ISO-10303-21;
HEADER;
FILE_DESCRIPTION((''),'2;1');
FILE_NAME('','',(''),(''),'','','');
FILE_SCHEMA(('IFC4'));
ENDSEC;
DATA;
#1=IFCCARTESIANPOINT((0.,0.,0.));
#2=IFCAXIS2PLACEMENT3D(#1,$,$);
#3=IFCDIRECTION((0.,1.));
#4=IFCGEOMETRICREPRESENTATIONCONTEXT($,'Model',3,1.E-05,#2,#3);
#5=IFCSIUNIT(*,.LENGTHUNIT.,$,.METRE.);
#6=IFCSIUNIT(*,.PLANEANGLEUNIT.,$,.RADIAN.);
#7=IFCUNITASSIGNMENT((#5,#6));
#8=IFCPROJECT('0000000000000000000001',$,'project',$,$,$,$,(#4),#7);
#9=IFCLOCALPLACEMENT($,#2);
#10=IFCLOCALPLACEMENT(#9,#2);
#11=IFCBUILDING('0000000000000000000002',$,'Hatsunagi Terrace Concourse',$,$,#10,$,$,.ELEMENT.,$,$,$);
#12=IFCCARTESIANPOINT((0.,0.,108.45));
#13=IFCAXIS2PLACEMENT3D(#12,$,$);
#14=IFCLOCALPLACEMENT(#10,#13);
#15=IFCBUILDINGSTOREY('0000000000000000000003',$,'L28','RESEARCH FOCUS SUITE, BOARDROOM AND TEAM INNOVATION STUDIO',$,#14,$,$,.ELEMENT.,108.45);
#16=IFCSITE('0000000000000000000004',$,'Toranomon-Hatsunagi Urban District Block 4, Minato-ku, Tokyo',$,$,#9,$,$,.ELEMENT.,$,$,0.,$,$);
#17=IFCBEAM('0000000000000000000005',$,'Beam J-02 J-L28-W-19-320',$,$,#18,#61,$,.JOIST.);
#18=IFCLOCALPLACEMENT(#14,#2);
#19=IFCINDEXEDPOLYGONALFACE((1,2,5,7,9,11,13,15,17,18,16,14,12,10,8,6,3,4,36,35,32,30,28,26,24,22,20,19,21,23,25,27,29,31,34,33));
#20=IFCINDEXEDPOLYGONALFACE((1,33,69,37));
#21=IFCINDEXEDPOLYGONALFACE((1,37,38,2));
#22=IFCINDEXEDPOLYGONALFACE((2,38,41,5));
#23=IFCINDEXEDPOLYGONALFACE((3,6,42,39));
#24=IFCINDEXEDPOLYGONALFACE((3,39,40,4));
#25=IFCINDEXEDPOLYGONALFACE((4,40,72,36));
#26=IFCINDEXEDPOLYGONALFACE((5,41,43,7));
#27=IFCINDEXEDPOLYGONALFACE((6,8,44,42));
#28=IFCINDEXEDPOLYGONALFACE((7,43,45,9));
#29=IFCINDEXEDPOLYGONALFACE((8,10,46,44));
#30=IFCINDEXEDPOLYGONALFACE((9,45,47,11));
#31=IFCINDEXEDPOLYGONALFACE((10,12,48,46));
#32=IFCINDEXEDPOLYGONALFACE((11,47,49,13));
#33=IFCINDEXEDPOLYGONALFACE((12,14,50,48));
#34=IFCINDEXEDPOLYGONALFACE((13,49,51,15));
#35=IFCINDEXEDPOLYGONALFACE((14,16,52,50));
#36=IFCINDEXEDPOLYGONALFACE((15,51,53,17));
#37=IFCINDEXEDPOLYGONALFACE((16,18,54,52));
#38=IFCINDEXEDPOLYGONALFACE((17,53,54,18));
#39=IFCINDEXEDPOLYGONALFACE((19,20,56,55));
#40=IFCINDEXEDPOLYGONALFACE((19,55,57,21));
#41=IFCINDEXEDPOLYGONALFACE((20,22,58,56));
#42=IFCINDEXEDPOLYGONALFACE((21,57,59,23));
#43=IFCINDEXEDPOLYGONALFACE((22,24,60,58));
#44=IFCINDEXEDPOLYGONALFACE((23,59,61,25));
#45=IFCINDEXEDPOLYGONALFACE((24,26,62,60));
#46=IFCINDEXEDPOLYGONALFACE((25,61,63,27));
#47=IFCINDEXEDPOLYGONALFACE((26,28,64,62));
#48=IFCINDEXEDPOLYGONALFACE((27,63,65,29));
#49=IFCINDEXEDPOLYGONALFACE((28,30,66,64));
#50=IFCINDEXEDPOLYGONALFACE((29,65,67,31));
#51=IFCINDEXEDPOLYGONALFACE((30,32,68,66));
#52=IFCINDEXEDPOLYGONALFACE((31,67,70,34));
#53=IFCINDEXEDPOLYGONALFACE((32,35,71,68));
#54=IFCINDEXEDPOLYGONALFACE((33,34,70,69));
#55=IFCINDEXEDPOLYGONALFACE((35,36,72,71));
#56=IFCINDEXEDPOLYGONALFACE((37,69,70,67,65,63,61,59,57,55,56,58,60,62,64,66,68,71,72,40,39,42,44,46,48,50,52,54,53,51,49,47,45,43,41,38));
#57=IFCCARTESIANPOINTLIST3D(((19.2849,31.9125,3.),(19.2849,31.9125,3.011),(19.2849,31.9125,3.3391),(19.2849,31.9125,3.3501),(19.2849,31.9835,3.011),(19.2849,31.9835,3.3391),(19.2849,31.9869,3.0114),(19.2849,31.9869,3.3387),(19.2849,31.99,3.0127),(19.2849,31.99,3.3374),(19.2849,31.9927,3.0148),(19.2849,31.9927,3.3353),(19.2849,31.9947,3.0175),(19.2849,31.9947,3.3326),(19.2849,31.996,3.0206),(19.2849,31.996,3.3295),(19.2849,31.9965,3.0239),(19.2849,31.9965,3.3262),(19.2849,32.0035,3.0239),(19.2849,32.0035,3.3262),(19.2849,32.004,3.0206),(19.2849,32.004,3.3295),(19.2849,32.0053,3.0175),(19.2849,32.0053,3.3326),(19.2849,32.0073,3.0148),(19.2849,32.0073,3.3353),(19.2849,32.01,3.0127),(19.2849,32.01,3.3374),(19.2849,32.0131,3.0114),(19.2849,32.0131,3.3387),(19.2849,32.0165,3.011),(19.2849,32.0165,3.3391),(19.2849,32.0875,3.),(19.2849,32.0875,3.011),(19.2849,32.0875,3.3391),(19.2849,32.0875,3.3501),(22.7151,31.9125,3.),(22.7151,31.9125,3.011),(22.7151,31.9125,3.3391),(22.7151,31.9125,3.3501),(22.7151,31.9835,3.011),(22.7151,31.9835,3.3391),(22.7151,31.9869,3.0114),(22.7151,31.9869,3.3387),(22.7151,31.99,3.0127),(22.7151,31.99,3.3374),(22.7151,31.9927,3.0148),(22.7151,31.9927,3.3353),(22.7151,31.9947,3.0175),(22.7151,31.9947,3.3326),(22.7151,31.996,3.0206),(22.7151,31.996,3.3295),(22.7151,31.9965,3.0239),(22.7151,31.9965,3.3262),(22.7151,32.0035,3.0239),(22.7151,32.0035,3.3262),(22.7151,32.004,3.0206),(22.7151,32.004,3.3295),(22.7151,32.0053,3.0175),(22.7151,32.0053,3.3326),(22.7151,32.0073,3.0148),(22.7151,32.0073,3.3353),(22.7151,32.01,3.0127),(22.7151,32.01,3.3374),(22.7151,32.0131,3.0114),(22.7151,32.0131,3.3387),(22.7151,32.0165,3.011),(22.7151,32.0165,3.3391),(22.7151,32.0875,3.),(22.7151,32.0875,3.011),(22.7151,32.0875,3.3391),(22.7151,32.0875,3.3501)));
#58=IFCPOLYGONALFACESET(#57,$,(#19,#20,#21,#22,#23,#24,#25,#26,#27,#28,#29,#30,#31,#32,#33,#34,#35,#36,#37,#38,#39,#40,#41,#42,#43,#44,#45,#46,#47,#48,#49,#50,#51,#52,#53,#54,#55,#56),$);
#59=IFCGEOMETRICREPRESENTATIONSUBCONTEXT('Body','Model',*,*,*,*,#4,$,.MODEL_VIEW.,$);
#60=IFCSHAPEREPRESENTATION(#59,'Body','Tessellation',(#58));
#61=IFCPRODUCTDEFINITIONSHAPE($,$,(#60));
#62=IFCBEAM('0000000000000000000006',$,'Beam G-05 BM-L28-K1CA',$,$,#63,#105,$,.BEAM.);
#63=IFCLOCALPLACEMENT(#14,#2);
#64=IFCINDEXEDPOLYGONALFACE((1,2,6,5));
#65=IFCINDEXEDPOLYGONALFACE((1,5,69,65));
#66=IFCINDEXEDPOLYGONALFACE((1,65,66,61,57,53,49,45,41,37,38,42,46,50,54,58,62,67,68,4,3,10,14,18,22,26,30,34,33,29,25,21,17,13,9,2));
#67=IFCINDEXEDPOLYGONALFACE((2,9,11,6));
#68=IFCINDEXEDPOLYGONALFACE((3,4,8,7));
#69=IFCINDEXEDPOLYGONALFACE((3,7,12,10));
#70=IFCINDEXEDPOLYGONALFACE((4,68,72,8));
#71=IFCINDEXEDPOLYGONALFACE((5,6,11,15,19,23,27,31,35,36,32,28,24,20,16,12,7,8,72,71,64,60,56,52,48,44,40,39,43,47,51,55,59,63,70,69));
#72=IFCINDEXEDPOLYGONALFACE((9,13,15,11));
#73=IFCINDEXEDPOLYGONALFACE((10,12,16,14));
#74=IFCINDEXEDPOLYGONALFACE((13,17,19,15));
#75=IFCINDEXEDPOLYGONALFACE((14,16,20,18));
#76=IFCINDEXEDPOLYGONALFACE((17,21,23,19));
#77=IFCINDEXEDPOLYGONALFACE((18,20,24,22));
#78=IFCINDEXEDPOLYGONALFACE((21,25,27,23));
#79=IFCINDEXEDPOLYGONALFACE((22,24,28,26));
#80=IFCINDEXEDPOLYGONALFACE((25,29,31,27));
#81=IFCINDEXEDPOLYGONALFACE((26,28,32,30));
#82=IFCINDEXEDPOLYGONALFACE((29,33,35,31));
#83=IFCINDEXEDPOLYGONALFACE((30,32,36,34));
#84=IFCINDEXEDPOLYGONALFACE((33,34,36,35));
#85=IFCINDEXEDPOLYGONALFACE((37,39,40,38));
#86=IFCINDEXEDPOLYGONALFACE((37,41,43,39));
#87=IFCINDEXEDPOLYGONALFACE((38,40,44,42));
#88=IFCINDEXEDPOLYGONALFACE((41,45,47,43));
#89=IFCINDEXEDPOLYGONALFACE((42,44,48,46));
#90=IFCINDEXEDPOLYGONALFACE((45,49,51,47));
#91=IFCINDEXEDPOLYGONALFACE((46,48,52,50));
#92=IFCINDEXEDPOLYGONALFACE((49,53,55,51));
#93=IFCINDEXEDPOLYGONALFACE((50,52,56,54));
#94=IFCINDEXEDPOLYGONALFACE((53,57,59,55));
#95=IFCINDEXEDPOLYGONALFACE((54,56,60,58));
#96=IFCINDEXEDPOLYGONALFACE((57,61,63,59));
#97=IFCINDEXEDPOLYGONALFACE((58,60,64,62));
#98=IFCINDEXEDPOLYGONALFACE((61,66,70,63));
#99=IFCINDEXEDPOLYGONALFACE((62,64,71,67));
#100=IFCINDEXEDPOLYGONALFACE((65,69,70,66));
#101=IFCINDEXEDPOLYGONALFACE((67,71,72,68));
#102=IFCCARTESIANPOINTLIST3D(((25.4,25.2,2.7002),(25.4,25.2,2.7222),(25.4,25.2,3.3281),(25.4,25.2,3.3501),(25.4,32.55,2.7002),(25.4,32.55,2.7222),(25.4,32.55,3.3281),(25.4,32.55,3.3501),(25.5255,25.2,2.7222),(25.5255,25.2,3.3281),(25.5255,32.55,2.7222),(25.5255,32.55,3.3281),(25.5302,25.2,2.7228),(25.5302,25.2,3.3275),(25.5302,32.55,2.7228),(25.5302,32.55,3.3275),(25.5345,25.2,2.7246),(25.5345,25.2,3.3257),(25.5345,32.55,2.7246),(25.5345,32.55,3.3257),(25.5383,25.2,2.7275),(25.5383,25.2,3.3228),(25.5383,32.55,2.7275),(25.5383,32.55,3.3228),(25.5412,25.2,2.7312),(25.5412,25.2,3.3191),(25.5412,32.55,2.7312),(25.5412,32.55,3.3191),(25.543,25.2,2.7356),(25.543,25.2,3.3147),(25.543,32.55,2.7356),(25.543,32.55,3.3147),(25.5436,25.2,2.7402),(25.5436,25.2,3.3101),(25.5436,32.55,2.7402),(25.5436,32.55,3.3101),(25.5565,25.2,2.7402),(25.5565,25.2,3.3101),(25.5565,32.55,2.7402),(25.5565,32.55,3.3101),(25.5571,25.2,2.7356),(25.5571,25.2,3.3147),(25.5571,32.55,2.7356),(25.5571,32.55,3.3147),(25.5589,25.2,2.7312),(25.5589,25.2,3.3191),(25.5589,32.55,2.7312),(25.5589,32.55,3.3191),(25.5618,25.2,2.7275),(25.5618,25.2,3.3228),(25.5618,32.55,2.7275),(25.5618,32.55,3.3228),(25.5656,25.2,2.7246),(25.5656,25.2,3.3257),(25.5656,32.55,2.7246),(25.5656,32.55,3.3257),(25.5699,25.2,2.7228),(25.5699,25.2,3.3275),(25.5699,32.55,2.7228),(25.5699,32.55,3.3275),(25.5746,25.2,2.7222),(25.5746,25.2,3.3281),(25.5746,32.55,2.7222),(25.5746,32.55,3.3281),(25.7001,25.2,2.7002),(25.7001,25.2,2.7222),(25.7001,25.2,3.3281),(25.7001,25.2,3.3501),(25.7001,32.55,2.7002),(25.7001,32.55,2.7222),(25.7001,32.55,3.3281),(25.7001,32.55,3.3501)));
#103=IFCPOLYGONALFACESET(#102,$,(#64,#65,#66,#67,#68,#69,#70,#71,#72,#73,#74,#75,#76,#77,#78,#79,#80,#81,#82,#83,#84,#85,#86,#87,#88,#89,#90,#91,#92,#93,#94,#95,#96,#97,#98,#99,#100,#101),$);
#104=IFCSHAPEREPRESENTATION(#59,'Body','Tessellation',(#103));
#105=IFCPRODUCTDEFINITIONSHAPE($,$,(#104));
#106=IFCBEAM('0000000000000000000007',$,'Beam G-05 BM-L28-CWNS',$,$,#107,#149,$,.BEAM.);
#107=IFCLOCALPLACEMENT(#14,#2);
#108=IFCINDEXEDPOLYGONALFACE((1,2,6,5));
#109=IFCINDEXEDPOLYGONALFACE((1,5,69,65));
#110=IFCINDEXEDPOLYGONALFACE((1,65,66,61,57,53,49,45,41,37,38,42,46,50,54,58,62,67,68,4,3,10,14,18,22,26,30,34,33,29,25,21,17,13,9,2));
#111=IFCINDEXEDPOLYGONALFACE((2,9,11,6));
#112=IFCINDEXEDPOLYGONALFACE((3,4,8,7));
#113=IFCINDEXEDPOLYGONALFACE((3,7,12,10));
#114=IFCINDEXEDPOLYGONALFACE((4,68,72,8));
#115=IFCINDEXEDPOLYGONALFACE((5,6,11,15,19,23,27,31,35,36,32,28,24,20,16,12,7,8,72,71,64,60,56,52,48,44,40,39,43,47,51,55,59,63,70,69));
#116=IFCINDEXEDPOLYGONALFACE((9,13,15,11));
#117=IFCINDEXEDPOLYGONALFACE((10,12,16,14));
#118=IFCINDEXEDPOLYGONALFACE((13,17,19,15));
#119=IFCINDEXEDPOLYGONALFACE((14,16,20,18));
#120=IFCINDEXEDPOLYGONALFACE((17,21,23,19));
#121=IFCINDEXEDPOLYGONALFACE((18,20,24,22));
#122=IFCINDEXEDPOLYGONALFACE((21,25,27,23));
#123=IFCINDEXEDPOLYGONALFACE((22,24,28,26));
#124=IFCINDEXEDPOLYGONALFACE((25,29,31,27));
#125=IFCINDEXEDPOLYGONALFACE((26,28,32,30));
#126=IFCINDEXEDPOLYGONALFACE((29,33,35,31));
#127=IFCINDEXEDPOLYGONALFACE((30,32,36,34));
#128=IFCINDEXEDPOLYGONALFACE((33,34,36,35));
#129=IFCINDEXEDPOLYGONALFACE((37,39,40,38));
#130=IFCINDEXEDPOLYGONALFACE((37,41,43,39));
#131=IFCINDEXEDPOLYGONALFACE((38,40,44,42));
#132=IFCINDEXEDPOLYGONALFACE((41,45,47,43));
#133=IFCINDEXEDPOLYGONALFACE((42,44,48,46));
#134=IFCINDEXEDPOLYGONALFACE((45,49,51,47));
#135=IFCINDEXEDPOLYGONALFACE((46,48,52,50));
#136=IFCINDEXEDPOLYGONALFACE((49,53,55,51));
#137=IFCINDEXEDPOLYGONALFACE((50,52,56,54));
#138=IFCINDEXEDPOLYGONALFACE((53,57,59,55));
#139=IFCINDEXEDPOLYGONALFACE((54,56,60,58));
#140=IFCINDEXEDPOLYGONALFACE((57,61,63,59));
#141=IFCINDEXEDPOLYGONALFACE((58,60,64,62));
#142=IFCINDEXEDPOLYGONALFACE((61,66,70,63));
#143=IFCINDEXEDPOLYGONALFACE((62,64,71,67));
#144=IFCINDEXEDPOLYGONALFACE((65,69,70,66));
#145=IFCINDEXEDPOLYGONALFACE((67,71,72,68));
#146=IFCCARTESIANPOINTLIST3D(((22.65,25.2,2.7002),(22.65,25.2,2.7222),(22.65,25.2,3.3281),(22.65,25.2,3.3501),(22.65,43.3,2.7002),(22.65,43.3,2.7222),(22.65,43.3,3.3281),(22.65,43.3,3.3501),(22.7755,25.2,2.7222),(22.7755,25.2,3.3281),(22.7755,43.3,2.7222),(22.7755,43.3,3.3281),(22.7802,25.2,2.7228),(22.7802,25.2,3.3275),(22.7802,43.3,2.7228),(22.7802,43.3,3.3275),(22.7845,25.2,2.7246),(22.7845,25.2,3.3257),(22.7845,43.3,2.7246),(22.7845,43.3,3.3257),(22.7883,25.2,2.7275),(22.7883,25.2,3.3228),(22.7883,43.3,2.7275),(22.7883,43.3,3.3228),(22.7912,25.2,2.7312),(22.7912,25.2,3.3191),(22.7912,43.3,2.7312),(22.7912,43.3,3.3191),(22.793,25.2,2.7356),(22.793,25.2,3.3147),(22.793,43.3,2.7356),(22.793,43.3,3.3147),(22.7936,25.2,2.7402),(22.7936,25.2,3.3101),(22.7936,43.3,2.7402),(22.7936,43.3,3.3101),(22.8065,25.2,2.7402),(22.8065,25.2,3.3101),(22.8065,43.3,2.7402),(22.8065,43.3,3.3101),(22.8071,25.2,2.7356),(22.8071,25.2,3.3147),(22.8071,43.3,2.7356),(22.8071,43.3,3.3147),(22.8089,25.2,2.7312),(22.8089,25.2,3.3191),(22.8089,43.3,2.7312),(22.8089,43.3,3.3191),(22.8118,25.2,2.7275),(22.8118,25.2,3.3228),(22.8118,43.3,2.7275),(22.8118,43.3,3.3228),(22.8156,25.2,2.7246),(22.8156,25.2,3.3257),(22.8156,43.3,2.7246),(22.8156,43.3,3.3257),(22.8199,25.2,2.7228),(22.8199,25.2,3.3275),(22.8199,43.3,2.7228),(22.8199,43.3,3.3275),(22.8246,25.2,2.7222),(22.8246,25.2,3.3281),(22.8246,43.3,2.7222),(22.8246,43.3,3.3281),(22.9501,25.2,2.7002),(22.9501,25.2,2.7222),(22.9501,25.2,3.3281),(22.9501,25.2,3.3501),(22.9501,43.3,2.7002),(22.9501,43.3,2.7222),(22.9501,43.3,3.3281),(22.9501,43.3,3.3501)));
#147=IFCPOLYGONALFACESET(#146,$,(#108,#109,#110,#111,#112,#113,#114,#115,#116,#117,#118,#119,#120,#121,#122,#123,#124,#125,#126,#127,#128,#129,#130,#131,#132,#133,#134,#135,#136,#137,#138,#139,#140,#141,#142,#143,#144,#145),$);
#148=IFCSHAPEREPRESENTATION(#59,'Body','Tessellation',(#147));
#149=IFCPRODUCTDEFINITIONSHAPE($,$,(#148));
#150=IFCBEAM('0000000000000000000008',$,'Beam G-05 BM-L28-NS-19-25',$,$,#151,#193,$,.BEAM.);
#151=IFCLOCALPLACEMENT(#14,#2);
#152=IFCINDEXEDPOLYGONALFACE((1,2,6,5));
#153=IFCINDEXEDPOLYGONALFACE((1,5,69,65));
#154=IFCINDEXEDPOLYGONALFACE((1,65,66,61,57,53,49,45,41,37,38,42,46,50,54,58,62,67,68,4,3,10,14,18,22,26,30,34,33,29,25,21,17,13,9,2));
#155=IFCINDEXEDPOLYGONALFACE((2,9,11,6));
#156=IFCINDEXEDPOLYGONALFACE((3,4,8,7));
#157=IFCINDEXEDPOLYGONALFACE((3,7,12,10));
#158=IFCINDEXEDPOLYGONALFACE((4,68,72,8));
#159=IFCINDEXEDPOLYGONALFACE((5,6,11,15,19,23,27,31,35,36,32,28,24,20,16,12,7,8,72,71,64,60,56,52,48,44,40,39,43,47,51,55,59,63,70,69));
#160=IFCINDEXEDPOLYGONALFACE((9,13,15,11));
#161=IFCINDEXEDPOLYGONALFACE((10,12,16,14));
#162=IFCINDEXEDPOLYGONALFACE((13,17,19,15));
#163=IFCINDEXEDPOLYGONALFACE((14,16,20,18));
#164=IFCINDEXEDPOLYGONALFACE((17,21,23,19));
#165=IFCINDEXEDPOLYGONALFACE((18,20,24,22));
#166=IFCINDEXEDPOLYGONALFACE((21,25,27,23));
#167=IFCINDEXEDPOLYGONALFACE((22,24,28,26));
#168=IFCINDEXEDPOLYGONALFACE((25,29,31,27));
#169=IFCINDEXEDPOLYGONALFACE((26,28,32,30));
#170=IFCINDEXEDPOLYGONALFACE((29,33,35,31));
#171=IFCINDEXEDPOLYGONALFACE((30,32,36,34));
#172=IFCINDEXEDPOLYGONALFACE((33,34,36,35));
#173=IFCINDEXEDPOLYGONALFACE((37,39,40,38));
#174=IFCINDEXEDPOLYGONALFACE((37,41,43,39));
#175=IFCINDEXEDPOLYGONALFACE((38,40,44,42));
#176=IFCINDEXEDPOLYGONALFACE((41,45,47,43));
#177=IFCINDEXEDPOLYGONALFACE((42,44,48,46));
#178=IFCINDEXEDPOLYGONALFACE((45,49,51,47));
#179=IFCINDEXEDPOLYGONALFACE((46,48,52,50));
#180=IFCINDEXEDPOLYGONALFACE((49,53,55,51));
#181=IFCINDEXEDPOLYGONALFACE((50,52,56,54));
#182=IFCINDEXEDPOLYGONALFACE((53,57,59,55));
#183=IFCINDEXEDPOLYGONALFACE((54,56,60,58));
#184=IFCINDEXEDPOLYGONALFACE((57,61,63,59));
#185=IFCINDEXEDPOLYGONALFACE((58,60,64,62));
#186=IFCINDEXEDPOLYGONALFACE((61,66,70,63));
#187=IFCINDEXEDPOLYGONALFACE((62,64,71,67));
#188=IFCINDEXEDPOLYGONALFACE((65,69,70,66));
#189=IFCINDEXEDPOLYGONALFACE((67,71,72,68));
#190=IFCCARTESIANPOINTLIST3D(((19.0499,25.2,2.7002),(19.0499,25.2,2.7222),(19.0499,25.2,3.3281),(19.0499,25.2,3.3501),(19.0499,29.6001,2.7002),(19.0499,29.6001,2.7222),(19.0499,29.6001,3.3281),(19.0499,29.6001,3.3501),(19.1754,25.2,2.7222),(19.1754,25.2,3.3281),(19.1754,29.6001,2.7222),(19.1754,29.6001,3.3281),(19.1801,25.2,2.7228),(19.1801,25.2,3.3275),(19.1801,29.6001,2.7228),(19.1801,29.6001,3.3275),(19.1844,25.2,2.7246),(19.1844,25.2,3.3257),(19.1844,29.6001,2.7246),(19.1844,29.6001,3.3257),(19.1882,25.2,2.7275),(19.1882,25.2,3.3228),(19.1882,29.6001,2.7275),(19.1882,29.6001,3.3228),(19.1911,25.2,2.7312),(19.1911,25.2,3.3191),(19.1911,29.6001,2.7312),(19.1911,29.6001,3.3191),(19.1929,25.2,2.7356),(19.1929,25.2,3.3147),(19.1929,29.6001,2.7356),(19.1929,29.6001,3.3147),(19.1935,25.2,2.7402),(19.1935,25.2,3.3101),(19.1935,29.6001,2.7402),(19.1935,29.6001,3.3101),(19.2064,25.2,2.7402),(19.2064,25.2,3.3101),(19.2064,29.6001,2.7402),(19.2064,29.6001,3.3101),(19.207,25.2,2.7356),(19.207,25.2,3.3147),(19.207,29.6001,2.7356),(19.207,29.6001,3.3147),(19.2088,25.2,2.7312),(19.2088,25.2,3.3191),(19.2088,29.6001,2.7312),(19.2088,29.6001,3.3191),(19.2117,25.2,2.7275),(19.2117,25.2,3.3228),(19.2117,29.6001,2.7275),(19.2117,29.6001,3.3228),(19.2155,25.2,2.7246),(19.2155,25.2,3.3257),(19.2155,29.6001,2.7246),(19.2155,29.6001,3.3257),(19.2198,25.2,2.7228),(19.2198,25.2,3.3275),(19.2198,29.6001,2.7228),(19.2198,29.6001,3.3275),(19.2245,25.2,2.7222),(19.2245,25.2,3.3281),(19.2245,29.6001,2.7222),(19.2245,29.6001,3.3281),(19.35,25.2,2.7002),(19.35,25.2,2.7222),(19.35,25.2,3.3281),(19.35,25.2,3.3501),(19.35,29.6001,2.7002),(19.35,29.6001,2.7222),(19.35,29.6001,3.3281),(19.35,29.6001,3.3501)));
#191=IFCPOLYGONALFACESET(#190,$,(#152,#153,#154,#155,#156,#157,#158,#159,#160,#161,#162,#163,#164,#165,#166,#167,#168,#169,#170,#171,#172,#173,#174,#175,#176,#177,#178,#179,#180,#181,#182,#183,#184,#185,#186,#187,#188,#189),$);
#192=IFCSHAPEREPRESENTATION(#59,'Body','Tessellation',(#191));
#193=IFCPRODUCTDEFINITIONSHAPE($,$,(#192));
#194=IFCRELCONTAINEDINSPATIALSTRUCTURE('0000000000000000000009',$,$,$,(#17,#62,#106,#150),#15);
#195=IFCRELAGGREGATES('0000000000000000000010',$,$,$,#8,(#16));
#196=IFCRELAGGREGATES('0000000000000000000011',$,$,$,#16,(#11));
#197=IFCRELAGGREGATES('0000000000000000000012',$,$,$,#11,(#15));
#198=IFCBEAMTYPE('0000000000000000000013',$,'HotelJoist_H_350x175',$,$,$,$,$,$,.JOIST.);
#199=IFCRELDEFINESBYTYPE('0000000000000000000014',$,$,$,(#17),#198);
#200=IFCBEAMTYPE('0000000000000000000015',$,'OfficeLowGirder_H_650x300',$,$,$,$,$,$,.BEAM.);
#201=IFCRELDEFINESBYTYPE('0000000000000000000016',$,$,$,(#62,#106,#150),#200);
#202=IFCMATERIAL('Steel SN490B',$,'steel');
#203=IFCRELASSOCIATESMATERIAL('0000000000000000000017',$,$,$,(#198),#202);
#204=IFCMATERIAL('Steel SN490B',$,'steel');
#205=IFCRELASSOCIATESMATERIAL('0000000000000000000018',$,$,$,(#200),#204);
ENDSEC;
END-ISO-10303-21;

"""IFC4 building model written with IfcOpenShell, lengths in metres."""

from ifc_helpers import new_model, si_unit, direction, frame, origin, origin_2d, place, context, subcontext, project, spatial, i_section, extrude, material, material_profile, profile_set, type_object, element, save


model = new_model("IFC4")

# Units and contexts
model_context = context("Model", 3, precision=1e-05, world=origin(), true_north=direction((0.0, 1.0)))
body_context = subcontext(model_context, "Body", "Model", "MODEL_VIEW")
ifc_project = project(units=[si_unit("LENGTHUNIT", "METRE"), si_unit("PLANEANGLEUNIT", "RADIAN")], contexts=[model_context])

# Site, building, storey
site_placement = place(None, origin())
site = spatial("IfcSite", under=ifc_project, at=site_placement, Name="Toranomon-Hatsunagi Urban District Block 4, Minato-ku, Tokyo", CompositionType="ELEMENT", RefElevation=0.0)
building_placement = place(site_placement, origin())
building = spatial("IfcBuilding", under=site, at=building_placement, Name="Hatsunagi Terrace Concourse", CompositionType="ELEMENT")
storey_placement = place(building_placement, frame((0.0, 0.0, 108.45)))
storey = spatial("IfcBuildingStorey", under=building, at=storey_placement, Name="L28", Description="RESEARCH FOCUS SUITE, BOARDROOM AND TEAM INNOVATION STUDIO", CompositionType="ELEMENT", Elevation=108.45)

# Beams
ifc_material_1 = material(Name="Steel SN490B", Category="steel")
ifc_material_profile_1 = material_profile(ifc_material_1, i_section(OverallWidth=0.175, OverallDepth=0.3501, WebThickness=0.0071, FlangeThickness=0.011, FilletRadius=0.0129, at=origin_2d()), Name="H-350x175x7x11")
ifc_profile_set_1 = profile_set([ifc_material_profile_1], Name="Steel SN490B")
beam_type_1 = type_object("IfcBeamType", Name="HotelJoist_H_350x175", PredefinedType="JOIST", material=ifc_profile_set_1)
for number, where, z_axis, x_axis, name in (
    (1, (19.2849, 32.0, 3.175), (1.0, 0.0, 0.0), (0.0, 1.0, 0.0), "Beam J-02 J-L28-W-19-320"),
):
    element("IfcBeam", number, at=place(storey_placement, frame(where, z_axis=z_axis, x_axis=x_axis)), inside=storey, type_object=beam_type_1, Name=name, PredefinedType="JOIST", context=body_context, shape_type="SweptSolid", body=[
        extrude(i_section(OverallWidth=0.175, OverallDepth=0.3501, WebThickness=0.0071, FlangeThickness=0.011, FilletRadius=0.0129, at=origin_2d()), origin(), (0.0, 0.0, 1.0), 3.4302),
    ])
ifc_material_2 = material(Name="Steel SN490B", Category="steel")
ifc_material_profile_2 = material_profile(ifc_material_2, i_section(OverallWidth=0.3, OverallDepth=0.6499, WebThickness=0.0129, FlangeThickness=0.022, FilletRadius=0.0181, at=origin_2d()), Name="H-650x300x13x22")
ifc_profile_set_2 = profile_set([ifc_material_profile_2], Name="Steel SN490B")
beam_type_2 = type_object("IfcBeamType", Name="OfficeLowGirder_H_650x300", PredefinedType="BEAM", material=ifc_profile_set_2)
beam_1_placement = place(storey_placement, frame((25.55, 25.2, 3.0251), z_axis=(0.0, 1.0, 0.0), x_axis=(-1.0, 0.0, 0.0)))
element("IfcBeam", 2, at=beam_1_placement, inside=storey, type_object=beam_type_2, Name="Beam G-05 BM-L28-K1CA", PredefinedType="BEAM", context=body_context, shape_type="SweptSolid", body=[
    extrude(i_section(OverallWidth=0.3, OverallDepth=0.6499, WebThickness=0.0129, FlangeThickness=0.022, FilletRadius=0.0181, at=origin_2d()), origin(), (0.0, 0.0, 1.0), 7.3501),
])
beam_2_placement = place(storey_placement, frame((22.8, 25.2, 3.0251), z_axis=(0.0, 1.0, 0.0), x_axis=(-1.0, 0.0, 0.0)))
element("IfcBeam", 3, at=beam_2_placement, inside=storey, type_object=beam_type_2, Name="Beam G-05 BM-L28-CWNS", PredefinedType="BEAM", context=body_context, shape_type="SweptSolid", body=[
    extrude(i_section(OverallWidth=0.3, OverallDepth=0.6499, WebThickness=0.0129, FlangeThickness=0.022, FilletRadius=0.0181, at=origin_2d()), origin(), (0.0, 0.0, 1.0), 18.1001),
])
beam_3_placement = place(storey_placement, frame((19.2, 25.2, 3.0251), z_axis=(0.0, 1.0, 0.0), x_axis=(-1.0, 0.0, 0.0)))
element("IfcBeam", 4, at=beam_3_placement, inside=storey, type_object=beam_type_2, Name="Beam G-05 BM-L28-NS-19-25", PredefinedType="BEAM", context=body_context, shape_type="SweptSolid", body=[
    extrude(i_section(OverallWidth=0.3, OverallDepth=0.6499, WebThickness=0.0129, FlangeThickness=0.022, FilletRadius=0.0181, at=origin_2d()), origin(), (0.0, 0.0, 1.0), 4.4001),
])

save(model, "model.ifc")
